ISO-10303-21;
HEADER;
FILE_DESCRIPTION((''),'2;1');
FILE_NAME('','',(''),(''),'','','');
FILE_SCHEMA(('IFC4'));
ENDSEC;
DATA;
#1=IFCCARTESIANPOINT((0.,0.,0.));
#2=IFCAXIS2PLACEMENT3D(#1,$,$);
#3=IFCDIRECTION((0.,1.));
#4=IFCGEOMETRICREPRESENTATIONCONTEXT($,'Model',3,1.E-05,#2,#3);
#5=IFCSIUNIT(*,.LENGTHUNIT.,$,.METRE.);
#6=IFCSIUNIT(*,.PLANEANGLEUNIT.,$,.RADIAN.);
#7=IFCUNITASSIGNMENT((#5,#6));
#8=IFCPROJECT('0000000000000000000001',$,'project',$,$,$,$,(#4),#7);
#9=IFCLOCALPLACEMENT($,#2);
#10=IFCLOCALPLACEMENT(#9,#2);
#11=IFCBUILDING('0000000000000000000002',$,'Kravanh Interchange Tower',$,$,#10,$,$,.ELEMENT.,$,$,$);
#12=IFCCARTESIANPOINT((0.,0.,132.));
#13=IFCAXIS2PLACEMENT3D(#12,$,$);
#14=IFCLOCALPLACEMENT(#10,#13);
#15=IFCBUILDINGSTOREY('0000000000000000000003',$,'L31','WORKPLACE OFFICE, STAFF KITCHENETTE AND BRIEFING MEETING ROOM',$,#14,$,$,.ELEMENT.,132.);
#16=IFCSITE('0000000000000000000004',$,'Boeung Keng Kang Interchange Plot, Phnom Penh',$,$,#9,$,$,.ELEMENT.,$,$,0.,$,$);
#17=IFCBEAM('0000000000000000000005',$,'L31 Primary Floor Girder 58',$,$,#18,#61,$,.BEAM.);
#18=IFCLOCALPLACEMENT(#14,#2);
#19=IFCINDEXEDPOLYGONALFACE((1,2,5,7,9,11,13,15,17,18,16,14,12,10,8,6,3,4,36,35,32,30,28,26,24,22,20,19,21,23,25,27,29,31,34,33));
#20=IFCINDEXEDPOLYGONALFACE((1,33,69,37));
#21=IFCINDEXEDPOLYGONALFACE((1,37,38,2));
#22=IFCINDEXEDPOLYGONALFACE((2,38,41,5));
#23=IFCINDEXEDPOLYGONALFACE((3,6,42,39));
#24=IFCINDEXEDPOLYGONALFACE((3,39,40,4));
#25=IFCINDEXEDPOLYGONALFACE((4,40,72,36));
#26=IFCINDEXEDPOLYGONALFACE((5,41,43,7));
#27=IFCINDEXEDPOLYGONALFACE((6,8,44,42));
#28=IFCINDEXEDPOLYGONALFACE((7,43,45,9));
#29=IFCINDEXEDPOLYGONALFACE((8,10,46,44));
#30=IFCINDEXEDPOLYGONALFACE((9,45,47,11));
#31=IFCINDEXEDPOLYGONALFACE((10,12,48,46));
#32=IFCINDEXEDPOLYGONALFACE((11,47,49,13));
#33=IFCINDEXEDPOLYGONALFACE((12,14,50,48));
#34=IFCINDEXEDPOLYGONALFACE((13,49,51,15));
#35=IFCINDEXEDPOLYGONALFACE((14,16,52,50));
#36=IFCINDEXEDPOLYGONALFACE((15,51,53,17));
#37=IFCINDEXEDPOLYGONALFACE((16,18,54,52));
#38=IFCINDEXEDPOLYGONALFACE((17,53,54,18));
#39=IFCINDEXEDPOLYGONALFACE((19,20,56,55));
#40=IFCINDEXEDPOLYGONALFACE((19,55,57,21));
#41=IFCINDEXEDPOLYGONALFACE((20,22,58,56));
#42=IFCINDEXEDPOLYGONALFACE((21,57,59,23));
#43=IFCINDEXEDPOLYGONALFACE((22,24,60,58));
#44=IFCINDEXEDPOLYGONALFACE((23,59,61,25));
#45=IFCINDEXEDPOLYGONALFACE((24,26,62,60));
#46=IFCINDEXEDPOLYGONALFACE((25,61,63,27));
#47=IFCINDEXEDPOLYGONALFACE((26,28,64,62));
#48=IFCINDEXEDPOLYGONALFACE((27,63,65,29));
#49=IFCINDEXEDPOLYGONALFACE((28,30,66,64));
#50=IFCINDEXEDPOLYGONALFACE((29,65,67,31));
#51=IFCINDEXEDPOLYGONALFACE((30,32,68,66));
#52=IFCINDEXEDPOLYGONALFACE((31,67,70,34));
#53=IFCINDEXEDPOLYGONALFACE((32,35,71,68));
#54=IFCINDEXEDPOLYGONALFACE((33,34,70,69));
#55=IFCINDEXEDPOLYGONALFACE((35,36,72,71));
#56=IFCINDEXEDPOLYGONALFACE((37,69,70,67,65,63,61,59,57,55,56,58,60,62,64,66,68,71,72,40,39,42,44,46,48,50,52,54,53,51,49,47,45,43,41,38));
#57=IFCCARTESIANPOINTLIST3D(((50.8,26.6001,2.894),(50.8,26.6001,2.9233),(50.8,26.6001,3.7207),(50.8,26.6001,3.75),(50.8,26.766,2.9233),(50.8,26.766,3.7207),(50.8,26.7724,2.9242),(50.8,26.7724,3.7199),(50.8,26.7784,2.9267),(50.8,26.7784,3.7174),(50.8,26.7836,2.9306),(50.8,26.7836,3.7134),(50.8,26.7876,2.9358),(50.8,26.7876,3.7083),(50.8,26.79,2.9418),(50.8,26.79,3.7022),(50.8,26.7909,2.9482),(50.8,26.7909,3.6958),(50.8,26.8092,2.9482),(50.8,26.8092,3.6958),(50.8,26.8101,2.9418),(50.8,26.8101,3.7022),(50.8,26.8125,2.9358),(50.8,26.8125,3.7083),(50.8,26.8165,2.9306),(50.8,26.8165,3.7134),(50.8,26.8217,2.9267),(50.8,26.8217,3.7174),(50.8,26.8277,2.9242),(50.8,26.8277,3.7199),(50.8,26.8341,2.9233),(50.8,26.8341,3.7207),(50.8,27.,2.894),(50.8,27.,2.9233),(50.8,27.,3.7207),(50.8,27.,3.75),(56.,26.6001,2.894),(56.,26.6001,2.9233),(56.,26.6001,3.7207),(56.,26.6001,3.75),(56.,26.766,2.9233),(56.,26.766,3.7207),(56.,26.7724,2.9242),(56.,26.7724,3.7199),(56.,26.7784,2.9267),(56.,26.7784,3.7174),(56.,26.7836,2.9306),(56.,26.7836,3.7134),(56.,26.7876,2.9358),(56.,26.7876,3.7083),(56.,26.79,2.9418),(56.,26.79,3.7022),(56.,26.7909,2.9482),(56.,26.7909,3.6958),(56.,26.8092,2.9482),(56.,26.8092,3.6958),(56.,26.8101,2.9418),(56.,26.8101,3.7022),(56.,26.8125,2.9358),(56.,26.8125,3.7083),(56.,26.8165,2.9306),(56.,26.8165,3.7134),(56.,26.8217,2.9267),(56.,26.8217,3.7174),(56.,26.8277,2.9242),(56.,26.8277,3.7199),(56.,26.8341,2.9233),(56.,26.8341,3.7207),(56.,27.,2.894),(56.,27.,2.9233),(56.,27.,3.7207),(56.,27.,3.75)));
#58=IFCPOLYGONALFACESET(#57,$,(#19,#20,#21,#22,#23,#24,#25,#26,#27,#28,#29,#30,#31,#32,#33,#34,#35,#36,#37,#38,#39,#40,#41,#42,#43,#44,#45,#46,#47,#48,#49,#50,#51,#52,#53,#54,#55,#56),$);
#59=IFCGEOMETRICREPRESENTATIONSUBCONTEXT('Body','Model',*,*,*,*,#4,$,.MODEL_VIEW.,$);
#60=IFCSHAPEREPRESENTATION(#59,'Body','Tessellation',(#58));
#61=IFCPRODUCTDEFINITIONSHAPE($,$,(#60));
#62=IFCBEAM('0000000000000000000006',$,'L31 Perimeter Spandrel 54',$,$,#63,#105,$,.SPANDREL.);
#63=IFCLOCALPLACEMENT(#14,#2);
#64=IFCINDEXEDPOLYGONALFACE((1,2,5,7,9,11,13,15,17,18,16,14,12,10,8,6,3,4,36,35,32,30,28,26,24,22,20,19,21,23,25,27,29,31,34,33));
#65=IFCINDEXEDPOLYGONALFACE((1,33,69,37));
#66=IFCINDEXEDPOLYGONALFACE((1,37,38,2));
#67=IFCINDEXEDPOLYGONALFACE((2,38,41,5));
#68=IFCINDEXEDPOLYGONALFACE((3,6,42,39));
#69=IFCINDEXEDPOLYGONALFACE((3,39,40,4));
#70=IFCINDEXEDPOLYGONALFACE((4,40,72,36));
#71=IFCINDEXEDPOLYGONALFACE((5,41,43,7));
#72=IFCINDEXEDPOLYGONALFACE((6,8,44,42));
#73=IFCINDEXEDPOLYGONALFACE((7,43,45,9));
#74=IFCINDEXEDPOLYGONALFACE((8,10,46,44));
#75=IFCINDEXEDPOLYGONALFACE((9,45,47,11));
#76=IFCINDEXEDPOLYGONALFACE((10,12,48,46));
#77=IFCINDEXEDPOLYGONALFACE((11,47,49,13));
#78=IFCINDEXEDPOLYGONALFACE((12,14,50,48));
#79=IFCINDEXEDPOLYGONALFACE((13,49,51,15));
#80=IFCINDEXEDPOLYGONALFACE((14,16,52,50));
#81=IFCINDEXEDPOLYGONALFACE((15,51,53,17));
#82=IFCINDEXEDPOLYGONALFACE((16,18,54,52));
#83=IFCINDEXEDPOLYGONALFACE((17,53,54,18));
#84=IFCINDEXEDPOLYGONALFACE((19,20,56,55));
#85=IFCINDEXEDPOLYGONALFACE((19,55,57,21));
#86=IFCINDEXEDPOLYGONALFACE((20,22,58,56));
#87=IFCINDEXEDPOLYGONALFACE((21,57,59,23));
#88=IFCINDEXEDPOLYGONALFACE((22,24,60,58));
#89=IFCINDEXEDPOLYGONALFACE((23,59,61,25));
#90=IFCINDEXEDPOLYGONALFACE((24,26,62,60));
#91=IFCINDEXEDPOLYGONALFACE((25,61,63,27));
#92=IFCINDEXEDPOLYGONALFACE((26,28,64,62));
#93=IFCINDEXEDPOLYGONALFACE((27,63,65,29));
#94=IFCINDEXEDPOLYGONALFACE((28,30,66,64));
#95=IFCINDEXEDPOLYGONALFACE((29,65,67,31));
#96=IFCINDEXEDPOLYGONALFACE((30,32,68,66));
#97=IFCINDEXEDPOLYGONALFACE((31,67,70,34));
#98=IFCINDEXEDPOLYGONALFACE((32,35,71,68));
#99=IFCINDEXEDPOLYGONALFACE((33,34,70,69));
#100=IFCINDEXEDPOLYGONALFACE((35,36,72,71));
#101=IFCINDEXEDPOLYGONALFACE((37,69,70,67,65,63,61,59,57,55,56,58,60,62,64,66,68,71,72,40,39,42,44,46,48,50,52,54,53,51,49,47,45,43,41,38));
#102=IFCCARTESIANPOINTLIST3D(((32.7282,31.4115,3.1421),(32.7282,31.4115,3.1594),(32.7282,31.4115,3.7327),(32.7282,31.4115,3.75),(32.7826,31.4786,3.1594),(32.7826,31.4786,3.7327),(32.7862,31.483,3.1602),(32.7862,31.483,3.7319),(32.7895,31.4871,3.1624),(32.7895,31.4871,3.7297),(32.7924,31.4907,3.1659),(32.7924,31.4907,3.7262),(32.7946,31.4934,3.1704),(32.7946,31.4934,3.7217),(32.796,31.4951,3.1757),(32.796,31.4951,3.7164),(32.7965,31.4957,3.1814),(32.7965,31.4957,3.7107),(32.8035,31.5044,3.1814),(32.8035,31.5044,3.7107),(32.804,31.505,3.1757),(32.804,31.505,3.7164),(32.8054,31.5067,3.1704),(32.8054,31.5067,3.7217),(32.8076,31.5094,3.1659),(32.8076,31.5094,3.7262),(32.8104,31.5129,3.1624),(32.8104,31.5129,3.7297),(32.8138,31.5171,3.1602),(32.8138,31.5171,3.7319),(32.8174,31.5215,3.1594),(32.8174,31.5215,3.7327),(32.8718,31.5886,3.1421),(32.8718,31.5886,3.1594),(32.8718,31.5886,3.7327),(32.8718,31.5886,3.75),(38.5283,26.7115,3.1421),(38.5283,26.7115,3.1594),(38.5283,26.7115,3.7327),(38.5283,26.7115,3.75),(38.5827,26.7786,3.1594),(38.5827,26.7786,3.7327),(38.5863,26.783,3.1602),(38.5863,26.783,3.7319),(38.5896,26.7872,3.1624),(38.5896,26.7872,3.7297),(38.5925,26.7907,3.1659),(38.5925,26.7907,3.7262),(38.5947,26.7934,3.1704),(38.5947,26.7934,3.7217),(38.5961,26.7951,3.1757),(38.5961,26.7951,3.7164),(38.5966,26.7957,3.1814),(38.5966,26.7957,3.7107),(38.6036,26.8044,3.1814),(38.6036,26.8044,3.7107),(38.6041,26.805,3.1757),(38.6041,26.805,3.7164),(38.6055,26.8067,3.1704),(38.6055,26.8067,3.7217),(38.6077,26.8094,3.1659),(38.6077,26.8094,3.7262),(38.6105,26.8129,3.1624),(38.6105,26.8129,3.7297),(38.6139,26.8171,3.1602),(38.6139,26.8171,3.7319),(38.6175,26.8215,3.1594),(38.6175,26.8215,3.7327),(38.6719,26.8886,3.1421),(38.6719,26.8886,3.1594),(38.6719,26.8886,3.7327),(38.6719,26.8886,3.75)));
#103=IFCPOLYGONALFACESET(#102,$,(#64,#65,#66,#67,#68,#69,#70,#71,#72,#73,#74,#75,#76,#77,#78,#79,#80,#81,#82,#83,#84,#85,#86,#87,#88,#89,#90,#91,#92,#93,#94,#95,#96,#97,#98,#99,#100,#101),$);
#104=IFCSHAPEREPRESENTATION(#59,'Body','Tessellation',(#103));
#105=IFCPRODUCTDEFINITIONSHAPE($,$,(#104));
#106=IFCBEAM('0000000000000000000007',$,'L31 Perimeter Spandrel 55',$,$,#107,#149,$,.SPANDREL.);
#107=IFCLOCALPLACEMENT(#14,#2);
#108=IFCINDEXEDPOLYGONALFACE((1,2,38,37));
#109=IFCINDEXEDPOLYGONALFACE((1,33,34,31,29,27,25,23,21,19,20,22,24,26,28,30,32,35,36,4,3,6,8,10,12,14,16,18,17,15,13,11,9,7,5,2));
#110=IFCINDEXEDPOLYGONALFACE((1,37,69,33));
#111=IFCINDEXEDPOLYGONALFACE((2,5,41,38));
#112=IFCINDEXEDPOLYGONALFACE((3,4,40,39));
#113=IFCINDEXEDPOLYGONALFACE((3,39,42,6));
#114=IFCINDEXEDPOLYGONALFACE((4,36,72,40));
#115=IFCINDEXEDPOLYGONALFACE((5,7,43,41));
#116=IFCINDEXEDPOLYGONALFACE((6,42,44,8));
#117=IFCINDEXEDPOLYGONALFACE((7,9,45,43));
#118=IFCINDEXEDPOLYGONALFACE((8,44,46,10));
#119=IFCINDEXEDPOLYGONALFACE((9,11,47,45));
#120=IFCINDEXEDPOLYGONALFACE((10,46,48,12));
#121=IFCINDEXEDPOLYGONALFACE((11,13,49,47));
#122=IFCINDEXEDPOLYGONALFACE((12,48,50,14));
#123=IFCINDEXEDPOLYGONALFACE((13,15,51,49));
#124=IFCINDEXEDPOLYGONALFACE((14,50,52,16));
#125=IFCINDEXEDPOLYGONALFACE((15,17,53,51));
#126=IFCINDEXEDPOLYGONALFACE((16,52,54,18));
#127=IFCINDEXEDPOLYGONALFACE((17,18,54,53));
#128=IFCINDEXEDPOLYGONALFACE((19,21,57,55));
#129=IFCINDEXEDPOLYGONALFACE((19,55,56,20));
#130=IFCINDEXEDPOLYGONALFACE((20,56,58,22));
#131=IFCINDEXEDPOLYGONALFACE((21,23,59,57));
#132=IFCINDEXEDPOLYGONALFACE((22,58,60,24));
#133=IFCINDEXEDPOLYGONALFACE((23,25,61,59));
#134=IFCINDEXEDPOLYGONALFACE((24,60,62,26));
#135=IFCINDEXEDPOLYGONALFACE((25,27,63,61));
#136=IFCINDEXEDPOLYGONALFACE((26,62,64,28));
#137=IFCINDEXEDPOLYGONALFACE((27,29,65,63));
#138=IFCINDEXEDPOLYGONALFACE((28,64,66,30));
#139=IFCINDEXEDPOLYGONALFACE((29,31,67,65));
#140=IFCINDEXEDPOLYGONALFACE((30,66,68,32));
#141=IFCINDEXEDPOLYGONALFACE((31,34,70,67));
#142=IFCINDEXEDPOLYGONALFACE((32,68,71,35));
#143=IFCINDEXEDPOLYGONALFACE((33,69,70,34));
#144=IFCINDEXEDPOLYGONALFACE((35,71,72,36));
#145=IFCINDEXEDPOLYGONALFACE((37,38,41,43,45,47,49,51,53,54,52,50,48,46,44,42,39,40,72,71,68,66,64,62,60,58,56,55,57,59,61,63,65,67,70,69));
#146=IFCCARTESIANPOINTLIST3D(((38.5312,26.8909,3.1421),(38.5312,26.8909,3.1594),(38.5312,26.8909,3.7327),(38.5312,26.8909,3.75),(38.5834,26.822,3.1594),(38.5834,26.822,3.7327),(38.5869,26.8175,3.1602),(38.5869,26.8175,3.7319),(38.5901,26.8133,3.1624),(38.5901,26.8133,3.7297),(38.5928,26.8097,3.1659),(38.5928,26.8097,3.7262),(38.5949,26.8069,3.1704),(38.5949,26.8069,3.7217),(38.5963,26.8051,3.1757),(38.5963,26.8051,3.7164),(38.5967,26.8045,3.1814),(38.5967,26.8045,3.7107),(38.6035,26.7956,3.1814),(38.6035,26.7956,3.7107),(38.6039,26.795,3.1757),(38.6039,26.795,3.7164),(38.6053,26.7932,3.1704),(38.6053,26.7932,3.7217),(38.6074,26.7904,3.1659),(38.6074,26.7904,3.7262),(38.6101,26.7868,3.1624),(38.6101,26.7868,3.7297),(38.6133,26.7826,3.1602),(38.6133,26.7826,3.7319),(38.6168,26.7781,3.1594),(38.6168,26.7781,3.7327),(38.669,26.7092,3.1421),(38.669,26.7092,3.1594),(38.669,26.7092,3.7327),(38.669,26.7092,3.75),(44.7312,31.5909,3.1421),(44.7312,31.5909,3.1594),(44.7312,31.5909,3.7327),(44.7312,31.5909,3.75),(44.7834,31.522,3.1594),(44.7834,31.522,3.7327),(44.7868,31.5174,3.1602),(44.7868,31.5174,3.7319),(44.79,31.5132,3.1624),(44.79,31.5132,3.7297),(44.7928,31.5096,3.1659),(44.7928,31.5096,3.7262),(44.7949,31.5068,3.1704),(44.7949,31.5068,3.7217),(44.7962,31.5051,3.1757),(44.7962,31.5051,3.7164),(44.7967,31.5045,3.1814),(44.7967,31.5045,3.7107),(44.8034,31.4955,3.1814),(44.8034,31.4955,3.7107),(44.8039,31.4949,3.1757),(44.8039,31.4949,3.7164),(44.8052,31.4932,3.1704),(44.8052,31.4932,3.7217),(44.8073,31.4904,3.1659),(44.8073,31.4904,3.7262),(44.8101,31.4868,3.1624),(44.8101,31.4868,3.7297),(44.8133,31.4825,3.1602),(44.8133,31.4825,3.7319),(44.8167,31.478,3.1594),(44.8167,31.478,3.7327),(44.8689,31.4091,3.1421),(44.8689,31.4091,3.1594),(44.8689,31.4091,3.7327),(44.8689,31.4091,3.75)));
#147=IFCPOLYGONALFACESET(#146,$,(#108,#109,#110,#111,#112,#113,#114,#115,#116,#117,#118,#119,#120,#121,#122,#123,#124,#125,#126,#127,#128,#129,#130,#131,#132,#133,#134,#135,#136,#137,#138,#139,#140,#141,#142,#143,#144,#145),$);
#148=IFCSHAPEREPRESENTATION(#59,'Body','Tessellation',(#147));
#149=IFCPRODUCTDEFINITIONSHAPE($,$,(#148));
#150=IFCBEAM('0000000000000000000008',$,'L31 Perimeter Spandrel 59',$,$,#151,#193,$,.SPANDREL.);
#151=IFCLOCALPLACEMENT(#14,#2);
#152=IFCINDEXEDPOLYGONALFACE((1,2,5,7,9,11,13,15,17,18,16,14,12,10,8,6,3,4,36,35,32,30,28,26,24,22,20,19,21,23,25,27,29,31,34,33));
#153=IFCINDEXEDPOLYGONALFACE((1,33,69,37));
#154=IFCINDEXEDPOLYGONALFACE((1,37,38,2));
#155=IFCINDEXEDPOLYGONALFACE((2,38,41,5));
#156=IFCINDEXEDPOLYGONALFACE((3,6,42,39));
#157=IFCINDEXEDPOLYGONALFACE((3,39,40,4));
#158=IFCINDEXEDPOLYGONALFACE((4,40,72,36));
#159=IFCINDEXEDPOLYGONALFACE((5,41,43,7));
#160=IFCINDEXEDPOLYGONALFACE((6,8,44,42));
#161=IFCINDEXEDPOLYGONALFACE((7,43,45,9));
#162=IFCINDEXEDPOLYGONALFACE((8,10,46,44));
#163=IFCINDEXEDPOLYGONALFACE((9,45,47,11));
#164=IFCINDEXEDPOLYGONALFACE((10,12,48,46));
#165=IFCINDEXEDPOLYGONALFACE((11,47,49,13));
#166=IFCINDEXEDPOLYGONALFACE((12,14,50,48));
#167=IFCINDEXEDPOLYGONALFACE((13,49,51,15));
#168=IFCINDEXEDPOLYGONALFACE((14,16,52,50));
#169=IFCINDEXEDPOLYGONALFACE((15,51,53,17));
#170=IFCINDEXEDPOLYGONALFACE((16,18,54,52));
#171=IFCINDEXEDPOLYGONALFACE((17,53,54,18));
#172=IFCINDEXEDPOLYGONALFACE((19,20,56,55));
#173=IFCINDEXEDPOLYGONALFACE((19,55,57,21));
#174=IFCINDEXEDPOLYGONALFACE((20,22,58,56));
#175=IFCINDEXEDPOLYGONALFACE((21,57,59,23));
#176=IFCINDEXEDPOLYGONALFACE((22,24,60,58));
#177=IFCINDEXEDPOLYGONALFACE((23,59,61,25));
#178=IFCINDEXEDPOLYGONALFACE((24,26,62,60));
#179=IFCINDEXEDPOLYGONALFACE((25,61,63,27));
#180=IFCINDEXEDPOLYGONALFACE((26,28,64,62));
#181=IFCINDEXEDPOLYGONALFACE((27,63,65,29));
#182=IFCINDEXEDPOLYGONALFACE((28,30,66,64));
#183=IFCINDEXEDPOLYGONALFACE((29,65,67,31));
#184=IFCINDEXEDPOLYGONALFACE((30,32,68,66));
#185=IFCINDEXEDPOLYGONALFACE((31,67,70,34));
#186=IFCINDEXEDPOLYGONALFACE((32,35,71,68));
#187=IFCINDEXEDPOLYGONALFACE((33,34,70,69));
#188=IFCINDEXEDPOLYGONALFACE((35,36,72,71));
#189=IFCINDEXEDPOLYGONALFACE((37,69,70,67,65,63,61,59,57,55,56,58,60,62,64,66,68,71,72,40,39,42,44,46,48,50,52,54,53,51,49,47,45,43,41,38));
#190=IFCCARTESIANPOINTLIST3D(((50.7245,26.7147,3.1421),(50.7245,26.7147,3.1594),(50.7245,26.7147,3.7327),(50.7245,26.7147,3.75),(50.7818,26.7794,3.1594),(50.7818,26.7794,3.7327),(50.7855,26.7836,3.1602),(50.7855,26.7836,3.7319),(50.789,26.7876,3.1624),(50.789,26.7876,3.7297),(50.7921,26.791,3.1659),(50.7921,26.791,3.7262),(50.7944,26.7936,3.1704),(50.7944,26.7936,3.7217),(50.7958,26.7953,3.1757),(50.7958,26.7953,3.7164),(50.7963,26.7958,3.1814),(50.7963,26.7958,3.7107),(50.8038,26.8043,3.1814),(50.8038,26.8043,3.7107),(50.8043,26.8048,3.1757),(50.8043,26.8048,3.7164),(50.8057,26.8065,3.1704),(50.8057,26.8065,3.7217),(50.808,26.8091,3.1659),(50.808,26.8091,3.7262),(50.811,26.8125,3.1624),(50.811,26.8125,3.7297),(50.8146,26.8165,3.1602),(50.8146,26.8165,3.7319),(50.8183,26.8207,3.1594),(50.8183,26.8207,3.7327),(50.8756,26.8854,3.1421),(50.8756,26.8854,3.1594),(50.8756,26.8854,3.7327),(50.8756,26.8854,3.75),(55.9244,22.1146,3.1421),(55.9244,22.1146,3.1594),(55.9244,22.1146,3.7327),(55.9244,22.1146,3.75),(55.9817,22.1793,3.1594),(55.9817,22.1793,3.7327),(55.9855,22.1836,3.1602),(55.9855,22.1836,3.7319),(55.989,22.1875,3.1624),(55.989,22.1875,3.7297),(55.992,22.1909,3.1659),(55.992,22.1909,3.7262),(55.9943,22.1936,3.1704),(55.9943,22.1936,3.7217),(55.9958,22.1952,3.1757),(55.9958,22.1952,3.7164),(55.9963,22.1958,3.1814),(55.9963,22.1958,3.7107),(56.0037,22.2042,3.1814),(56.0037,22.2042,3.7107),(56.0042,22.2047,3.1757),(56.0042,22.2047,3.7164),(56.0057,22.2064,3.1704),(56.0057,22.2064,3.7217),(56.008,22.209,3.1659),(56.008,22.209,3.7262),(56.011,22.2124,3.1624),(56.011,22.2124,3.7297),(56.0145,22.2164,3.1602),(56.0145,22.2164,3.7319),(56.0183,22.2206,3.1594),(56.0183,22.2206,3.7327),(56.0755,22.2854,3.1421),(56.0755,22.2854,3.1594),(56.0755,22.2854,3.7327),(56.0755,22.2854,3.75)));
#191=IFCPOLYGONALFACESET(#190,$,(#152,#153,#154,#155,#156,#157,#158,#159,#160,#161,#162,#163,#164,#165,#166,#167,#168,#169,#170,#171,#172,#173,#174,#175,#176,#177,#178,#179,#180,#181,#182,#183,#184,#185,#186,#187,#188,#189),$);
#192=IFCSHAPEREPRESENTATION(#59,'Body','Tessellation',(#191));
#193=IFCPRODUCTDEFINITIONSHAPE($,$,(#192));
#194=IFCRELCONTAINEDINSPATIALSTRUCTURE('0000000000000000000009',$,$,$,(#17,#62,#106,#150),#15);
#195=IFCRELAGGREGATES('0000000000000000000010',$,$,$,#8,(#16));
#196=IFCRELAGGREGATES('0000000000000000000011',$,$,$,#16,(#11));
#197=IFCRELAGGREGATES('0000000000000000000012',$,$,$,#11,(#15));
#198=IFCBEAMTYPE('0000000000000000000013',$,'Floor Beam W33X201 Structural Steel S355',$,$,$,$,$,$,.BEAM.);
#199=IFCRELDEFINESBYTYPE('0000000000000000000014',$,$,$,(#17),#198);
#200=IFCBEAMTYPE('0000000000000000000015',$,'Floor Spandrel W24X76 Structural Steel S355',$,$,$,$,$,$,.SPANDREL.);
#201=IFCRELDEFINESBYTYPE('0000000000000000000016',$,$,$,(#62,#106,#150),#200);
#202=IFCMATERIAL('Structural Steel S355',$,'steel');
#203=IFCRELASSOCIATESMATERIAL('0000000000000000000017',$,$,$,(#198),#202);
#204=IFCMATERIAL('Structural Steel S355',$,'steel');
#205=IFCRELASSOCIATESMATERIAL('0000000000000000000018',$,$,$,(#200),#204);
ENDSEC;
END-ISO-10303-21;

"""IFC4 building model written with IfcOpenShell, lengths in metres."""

from ifc_helpers import new_model, si_unit, direction, frame, origin, origin_2d, place, context, subcontext, project, spatial, i_section, extrude, material, material_profile, profile_set, type_object, element, save


model = new_model("IFC4")

# Units and contexts
model_context = context("Model", 3, precision=1e-05, world=origin(), true_north=direction((0.0, 1.0)))
body_context = subcontext(model_context, "Body", "Model", "MODEL_VIEW")
ifc_project = project(units=[si_unit("LENGTHUNIT", "METRE"), si_unit("PLANEANGLEUNIT", "RADIAN")], contexts=[model_context])

# Site, building, storey
site_placement = place(None, origin())
site = spatial("IfcSite", under=ifc_project, at=site_placement, Name="Boeung Keng Kang Interchange Plot, Phnom Penh", CompositionType="ELEMENT", RefElevation=0.0)
building_placement = place(site_placement, origin())
building = spatial("IfcBuilding", under=site, at=building_placement, Name="Kravanh Interchange Tower", CompositionType="ELEMENT")
storey_placement = place(building_placement, frame((0.0, 0.0, 132.0)))
storey = spatial("IfcBuildingStorey", under=building, at=storey_placement, Name="L31", Description="WORKPLACE OFFICE, STAFF KITCHENETTE AND BRIEFING MEETING ROOM", CompositionType="ELEMENT", Elevation=132.0)

# Beams
ifc_material_1 = material(Name="Structural Steel S355", Category="steel")
ifc_material_profile_1 = material_profile(ifc_material_1, i_section(OverallWidth=0.3999, OverallDepth=0.856, WebThickness=0.0183, FlangeThickness=0.0293, FilletRadius=0.0249, at=origin_2d()), Name="W33X201")
ifc_profile_set_1 = profile_set([ifc_material_profile_1], Name="Structural Steel S355")
beam_type_1 = type_object("IfcBeamType", Name="Floor Beam W33X201 Structural Steel S355", PredefinedType="BEAM", material=ifc_profile_set_1)
beam_1_placement = place(storey_placement, frame((50.8, 26.8, 3.322), z_axis=(1.0, 0.0, 0.0), x_axis=(0.0, 1.0, 0.0)))
element("IfcBeam", 1, at=beam_1_placement, inside=storey, type_object=beam_type_1, Name="L31 Primary Floor Girder 58", PredefinedType="BEAM", context=body_context, shape_type="SweptSolid", body=[
    extrude(i_section(OverallWidth=0.3999, OverallDepth=0.856, WebThickness=0.0183, FlangeThickness=0.0293, FilletRadius=0.0249, at=origin_2d()), origin(), (0.0, 0.0, 1.0), 5.2),
])
ifc_material_2 = material(Name="Structural Steel S355", Category="steel")
ifc_material_profile_2 = material_profile(ifc_material_2, i_section(OverallWidth=0.228, OverallDepth=0.6079, WebThickness=0.0112, FlangeThickness=0.0173, FilletRadius=0.022, at=origin_2d()), Name="W24X76")
ifc_profile_set_2 = profile_set([ifc_material_profile_2], Name="Structural Steel S355")
beam_type_2 = type_object("IfcBeamType", Name="Floor Spandrel W24X76 Structural Steel S355", PredefinedType="SPANDREL", material=ifc_profile_set_2)
beam_2_placement = place(storey_placement, frame((38.6001, 26.8, 3.446), z_axis=(-0.776939, 0.629576, 0.0), x_axis=(-0.629576, -0.776939, 0.0)))
element("IfcBeam", 2, at=beam_2_placement, inside=storey, type_object=beam_type_2, Name="L31 Perimeter Spandrel 54", PredefinedType="SPANDREL", context=body_context, shape_type="SweptSolid", body=[
    extrude(i_section(OverallWidth=0.228, OverallDepth=0.6079, WebThickness=0.0112, FlangeThickness=0.0173, FilletRadius=0.022, at=origin_2d()), origin(), (0.0, 0.0, 1.0), 7.4653),
])
beam_3_placement = place(storey_placement, frame((38.6001, 26.8, 3.446), z_axis=(0.796905, 0.604104, 0.0), x_axis=(-0.604104, 0.796905, 0.0)))
element("IfcBeam", 3, at=beam_3_placement, inside=storey, type_object=beam_type_2, Name="L31 Perimeter Spandrel 55", PredefinedType="SPANDREL", context=body_context, shape_type="SweptSolid", body=[
    extrude(i_section(OverallWidth=0.228, OverallDepth=0.6079, WebThickness=0.0112, FlangeThickness=0.0173, FilletRadius=0.022, at=origin_2d()), origin(), (0.0, 0.0, 1.0), 7.78),
])
beam_4_placement = place(storey_placement, frame((50.8, 26.8, 3.446), z_axis=(0.748986, -0.662585, 0.0), x_axis=(0.662585, 0.748986, 0.0)))
element("IfcBeam", 4, at=beam_4_placement, inside=storey, type_object=beam_type_2, Name="L31 Perimeter Spandrel 59", PredefinedType="SPANDREL", context=body_context, shape_type="SweptSolid", body=[
    extrude(i_section(OverallWidth=0.228, OverallDepth=0.6079, WebThickness=0.0112, FlangeThickness=0.0173, FilletRadius=0.022, at=origin_2d()), origin(), (0.0, 0.0, 1.0), 6.9426),
])

save(model, "model.ifc")
